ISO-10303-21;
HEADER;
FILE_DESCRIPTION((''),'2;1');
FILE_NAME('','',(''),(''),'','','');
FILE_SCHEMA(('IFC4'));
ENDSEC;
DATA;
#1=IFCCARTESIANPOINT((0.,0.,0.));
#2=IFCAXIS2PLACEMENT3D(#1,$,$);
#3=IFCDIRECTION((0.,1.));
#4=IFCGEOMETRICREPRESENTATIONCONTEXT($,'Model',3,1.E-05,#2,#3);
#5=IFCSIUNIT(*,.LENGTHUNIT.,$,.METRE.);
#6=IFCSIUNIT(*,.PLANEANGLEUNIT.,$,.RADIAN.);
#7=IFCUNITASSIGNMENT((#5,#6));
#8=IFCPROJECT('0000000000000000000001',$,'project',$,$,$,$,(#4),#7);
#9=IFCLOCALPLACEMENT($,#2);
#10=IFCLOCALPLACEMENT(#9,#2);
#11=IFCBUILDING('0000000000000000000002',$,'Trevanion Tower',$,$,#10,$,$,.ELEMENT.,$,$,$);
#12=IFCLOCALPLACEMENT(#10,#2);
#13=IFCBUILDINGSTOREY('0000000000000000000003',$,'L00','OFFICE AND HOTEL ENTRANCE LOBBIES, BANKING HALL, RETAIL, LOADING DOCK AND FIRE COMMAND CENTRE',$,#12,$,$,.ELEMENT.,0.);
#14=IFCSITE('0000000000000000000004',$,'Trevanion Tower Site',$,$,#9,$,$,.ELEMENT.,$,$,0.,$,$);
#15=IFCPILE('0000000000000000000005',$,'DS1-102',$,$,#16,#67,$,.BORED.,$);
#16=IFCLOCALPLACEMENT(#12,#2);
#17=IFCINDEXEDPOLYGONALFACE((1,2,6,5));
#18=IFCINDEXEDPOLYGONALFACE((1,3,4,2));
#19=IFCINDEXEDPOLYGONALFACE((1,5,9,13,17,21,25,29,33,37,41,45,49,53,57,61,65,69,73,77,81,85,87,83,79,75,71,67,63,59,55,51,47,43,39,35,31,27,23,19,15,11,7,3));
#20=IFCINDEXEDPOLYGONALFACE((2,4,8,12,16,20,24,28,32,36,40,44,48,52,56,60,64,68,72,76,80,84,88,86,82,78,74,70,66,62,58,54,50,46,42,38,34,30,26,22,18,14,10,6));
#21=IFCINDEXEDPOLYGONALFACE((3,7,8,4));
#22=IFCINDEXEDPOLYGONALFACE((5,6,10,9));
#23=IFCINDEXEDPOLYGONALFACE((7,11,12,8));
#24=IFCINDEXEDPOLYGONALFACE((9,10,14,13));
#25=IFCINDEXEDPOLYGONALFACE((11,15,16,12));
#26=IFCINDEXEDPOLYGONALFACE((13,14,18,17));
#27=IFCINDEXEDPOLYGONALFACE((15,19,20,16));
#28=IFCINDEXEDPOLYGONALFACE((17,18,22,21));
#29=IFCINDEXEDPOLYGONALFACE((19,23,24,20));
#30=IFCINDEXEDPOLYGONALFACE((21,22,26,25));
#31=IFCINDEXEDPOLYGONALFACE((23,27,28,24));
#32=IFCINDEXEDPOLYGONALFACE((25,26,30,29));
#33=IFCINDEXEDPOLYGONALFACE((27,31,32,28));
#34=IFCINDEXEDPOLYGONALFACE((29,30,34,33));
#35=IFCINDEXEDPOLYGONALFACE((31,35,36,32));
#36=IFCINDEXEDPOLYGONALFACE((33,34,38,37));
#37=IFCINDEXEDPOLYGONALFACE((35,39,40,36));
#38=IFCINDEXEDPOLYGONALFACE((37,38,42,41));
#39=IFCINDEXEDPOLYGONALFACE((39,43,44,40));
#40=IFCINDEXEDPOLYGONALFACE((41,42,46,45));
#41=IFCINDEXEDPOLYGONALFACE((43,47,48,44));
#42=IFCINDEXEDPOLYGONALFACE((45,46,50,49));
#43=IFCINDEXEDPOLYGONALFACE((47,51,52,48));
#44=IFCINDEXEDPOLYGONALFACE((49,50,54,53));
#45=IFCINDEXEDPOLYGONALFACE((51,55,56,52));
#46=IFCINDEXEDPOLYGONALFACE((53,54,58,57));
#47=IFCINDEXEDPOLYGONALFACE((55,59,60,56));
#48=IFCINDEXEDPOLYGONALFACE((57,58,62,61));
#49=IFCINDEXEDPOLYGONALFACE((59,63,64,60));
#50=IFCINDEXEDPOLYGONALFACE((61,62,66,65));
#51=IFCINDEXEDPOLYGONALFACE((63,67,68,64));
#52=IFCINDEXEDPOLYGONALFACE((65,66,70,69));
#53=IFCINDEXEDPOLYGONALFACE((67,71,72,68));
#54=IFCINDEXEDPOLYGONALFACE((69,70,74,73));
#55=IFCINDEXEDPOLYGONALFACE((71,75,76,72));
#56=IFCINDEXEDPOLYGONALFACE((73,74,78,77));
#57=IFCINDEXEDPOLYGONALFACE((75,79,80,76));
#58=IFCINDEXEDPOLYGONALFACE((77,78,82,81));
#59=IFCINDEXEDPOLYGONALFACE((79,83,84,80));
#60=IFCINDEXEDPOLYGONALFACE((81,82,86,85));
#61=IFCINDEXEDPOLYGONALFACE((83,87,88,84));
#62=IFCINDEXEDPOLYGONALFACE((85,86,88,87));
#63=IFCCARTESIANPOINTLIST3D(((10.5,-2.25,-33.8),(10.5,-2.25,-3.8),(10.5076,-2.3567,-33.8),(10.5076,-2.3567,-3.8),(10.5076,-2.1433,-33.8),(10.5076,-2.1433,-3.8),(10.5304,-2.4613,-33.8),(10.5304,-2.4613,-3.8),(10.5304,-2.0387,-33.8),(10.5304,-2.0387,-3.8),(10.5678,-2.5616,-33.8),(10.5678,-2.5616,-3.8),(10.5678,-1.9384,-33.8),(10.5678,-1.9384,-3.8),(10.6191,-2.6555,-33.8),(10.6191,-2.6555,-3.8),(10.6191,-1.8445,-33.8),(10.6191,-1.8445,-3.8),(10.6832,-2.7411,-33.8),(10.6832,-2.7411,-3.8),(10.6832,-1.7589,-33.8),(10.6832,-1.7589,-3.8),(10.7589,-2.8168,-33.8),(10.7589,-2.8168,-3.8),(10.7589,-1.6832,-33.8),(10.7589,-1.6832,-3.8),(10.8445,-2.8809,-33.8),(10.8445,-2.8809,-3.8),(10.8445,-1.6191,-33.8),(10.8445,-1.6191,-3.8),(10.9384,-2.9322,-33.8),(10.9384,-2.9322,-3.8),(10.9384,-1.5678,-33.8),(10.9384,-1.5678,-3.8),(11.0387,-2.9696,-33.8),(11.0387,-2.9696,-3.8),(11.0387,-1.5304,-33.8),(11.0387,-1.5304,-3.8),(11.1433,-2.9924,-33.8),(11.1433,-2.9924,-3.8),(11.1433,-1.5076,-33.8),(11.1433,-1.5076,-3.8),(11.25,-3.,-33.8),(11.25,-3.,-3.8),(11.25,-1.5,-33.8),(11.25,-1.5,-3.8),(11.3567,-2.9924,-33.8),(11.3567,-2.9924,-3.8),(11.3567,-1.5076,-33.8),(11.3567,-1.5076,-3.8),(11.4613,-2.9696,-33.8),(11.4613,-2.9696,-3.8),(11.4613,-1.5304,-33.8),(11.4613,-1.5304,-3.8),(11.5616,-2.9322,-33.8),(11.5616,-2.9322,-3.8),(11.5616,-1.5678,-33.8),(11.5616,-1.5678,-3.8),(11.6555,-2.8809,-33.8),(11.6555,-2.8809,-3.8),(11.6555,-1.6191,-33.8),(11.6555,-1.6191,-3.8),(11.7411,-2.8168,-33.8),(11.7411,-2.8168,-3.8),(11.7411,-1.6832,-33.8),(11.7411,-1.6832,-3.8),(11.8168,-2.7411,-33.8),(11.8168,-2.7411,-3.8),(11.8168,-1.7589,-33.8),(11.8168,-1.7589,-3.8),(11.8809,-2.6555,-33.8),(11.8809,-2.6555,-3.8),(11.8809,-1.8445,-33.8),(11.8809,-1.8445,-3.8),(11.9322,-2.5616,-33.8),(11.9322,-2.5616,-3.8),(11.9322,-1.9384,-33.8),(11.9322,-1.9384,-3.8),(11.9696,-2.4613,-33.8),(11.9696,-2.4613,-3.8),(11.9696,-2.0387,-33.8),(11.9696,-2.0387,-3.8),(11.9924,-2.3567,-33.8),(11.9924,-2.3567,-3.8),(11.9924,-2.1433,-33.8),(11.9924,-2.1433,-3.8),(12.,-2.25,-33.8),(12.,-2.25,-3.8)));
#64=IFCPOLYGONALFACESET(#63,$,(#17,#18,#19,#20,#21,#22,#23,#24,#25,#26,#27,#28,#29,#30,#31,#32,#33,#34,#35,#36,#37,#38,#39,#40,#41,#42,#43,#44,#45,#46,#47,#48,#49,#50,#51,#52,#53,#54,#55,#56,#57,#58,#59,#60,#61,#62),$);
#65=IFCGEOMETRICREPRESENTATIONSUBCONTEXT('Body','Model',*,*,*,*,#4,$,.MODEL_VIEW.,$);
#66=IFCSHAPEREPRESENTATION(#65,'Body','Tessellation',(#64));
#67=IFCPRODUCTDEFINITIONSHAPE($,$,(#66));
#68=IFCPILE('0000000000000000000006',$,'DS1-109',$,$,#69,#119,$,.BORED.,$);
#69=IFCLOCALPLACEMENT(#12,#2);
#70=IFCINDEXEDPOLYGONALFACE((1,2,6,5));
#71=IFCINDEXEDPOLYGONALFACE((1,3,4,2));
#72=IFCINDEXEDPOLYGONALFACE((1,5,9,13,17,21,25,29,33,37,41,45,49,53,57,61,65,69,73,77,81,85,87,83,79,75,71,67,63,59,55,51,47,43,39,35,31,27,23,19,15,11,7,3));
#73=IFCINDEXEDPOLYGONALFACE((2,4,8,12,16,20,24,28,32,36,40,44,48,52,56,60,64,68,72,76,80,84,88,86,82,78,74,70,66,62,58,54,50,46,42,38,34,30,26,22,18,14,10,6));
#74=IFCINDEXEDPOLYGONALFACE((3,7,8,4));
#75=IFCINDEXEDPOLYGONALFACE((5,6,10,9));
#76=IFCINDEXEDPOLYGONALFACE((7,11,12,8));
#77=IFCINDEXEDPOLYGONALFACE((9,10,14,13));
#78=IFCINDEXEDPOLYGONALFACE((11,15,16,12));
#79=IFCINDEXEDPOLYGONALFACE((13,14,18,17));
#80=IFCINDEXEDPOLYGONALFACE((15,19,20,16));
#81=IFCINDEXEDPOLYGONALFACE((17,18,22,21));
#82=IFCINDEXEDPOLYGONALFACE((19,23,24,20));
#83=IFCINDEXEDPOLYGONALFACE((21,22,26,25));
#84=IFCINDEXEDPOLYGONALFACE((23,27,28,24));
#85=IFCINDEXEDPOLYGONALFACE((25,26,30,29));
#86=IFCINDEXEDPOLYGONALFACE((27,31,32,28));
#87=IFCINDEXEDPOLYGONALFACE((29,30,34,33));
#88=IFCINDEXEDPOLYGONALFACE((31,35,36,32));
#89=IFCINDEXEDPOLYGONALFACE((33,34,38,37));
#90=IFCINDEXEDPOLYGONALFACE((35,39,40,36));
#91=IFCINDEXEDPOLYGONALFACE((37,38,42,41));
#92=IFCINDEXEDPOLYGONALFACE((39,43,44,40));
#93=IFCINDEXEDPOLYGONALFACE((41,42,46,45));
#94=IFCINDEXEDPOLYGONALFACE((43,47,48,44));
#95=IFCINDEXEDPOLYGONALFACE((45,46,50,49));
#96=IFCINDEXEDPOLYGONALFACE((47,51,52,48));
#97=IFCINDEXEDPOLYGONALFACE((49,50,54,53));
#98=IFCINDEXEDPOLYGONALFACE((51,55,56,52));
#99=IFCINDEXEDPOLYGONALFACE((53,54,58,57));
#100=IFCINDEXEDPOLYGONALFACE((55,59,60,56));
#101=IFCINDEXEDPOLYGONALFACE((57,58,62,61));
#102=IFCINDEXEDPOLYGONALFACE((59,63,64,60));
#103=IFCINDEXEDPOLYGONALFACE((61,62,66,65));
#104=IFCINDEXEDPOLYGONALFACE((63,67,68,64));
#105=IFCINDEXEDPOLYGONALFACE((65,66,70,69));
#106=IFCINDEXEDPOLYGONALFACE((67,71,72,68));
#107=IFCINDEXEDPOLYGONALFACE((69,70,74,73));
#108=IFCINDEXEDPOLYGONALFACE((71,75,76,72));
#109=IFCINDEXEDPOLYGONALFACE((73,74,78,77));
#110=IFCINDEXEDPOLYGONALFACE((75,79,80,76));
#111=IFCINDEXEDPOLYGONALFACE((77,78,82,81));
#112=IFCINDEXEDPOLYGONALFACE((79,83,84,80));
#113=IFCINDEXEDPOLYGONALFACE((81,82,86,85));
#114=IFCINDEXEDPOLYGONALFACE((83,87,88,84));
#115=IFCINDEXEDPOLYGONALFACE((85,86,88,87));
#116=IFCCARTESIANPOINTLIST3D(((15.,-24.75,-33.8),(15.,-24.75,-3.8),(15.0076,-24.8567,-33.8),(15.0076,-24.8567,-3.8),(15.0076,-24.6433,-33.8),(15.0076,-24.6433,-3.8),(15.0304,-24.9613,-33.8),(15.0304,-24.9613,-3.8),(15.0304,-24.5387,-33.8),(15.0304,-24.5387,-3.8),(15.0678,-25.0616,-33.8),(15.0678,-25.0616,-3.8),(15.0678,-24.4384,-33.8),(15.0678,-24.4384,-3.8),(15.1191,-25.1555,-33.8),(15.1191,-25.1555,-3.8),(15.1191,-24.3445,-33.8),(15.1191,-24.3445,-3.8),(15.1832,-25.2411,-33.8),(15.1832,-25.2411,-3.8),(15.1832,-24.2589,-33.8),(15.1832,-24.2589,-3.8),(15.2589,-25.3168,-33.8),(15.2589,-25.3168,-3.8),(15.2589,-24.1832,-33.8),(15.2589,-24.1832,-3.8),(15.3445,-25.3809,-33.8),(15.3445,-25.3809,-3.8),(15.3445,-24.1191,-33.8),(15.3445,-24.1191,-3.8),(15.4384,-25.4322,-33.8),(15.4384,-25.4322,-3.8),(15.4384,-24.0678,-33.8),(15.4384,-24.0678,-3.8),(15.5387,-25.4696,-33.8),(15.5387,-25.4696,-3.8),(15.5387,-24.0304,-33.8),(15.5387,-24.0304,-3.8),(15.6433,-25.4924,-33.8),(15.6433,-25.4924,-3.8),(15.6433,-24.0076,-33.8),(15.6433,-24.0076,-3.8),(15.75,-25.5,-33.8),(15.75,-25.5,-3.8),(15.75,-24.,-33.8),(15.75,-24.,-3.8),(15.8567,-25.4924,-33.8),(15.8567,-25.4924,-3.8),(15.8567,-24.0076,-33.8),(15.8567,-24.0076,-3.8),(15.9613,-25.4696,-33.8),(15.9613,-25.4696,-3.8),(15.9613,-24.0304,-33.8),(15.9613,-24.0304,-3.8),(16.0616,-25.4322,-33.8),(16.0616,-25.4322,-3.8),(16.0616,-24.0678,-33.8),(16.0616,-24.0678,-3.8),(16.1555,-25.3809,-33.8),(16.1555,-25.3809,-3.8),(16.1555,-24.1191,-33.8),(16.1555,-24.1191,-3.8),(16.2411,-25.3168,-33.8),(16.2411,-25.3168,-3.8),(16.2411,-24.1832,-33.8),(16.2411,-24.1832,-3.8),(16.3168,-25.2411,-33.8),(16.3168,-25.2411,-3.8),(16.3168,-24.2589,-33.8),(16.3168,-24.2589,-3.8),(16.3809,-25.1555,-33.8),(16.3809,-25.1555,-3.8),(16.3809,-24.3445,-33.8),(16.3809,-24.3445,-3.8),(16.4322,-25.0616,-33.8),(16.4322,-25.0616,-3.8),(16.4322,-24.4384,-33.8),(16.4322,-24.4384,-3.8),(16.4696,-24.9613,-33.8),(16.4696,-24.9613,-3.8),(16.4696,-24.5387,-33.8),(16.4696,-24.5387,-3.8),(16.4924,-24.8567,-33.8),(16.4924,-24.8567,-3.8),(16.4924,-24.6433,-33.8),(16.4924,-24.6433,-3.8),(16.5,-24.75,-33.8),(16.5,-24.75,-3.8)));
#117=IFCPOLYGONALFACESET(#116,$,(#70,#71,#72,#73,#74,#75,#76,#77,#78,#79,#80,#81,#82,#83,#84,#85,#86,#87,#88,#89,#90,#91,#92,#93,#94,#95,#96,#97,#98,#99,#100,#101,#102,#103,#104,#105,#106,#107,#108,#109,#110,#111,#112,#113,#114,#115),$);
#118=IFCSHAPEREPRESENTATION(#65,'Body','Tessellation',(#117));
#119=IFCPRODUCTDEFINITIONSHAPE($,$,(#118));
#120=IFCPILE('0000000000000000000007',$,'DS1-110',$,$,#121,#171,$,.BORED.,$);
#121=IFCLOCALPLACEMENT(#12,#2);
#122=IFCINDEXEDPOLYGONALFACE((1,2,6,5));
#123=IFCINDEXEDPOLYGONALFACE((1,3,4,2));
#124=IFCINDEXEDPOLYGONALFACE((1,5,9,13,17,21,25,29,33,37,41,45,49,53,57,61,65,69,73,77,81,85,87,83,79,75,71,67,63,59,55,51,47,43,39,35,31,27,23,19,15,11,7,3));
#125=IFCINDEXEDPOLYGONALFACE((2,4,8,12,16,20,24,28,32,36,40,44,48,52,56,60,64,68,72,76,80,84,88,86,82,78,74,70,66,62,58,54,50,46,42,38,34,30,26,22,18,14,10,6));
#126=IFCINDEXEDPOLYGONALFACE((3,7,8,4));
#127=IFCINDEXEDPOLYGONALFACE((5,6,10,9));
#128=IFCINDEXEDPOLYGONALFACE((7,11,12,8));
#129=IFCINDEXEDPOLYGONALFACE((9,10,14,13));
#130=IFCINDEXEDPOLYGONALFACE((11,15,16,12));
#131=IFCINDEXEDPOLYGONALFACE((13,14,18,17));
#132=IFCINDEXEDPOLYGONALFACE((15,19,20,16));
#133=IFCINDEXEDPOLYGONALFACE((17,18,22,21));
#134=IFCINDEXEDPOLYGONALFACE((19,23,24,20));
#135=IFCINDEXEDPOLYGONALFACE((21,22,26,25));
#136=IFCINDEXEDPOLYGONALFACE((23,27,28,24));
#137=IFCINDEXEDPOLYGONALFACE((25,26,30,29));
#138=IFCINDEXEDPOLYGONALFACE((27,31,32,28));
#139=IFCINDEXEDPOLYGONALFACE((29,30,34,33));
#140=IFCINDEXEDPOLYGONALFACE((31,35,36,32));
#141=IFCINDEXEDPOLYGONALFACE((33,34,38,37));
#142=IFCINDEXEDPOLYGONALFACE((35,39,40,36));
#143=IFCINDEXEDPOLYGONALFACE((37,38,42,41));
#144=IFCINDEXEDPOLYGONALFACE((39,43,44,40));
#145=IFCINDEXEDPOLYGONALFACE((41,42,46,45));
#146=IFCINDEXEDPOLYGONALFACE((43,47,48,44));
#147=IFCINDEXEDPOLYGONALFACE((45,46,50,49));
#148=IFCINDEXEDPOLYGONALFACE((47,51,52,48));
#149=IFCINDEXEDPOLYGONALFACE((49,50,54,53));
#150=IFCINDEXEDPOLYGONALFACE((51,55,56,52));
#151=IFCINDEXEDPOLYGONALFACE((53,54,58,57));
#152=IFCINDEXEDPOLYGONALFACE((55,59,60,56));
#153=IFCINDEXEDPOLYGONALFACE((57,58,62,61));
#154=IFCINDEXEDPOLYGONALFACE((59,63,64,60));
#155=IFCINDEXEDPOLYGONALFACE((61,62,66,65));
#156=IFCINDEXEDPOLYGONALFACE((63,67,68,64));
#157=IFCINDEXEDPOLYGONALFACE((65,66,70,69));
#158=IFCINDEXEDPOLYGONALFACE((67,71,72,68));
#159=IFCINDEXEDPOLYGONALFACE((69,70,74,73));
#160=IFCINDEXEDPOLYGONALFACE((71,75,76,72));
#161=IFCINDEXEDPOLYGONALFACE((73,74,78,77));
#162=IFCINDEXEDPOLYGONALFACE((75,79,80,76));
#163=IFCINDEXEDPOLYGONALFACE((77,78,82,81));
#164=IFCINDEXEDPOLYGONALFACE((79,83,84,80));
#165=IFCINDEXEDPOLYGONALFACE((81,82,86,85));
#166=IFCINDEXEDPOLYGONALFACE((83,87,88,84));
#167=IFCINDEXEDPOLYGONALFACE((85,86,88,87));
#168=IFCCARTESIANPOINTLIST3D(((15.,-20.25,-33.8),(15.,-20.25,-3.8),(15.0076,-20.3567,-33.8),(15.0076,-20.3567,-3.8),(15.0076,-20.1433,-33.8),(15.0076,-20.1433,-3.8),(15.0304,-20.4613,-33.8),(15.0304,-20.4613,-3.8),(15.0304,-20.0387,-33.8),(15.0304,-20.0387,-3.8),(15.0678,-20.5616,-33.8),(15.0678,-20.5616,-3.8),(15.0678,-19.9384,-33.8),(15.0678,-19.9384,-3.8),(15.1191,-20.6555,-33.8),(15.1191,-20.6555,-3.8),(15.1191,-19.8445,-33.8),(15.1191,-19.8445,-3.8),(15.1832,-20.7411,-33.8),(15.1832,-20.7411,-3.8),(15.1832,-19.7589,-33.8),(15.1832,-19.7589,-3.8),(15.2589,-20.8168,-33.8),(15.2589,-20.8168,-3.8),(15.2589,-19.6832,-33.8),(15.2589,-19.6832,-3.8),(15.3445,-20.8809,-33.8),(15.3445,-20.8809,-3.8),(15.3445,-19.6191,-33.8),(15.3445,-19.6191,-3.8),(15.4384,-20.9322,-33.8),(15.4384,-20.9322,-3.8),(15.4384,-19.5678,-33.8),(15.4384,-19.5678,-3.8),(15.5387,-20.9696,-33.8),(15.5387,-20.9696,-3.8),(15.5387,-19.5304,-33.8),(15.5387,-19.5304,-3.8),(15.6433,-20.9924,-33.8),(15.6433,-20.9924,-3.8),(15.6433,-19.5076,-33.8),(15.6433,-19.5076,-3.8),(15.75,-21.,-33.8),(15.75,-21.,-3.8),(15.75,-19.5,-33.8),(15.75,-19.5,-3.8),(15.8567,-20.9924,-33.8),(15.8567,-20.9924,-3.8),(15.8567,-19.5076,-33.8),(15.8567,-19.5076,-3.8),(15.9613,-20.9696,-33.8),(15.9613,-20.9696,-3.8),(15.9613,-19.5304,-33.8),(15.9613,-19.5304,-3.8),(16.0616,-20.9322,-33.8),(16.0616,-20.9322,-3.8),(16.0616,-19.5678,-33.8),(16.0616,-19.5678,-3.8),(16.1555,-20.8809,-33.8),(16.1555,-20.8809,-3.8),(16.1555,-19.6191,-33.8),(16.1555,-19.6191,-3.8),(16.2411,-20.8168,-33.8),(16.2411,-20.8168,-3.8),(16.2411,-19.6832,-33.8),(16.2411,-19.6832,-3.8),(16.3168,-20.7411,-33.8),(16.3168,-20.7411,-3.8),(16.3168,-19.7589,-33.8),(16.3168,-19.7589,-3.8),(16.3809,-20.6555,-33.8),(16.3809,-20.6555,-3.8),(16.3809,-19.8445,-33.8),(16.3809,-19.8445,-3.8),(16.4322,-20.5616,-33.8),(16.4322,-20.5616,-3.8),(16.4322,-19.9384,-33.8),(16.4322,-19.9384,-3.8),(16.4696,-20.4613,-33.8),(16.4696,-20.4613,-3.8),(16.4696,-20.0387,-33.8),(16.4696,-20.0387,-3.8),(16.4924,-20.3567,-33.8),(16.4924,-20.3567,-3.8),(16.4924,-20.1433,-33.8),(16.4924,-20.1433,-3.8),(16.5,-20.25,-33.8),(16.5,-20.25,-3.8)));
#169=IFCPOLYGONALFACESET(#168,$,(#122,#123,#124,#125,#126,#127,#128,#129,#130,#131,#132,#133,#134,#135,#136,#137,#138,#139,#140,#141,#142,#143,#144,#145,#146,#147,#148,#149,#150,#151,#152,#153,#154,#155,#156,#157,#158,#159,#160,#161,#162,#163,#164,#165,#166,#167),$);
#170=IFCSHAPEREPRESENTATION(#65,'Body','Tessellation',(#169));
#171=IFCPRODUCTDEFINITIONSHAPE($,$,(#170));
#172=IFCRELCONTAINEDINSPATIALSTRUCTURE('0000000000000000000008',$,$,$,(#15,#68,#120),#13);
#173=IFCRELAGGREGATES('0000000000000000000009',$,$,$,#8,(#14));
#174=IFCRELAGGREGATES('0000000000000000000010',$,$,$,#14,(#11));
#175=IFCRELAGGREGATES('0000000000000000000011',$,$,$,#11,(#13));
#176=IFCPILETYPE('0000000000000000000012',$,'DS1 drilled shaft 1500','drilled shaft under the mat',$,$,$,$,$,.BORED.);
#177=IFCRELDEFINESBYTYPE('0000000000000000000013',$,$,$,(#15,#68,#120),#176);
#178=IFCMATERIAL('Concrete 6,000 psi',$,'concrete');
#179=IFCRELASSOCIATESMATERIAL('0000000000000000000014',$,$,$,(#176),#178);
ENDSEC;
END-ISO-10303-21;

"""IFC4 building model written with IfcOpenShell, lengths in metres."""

from ifc_helpers import new_model, si_unit, direction, frame, origin, origin_2d, place, context, subcontext, project, spatial, circle, extrude, material, material_profile, profile_set, type_object, element, save


model = new_model("IFC4")

# Units and contexts
model_context = context("Model", 3, precision=1e-05, world=origin(), true_north=direction((0.0, 1.0)))
body_context = subcontext(model_context, "Body", "Model", "MODEL_VIEW")
ifc_project = project(units=[si_unit("LENGTHUNIT", "METRE"), si_unit("PLANEANGLEUNIT", "RADIAN")], contexts=[model_context])

# Site, building, storey
site_placement = place(None, origin())
site = spatial("IfcSite", under=ifc_project, at=site_placement, Name="Trevanion Tower Site", CompositionType="ELEMENT", RefElevation=0.0)
building_placement = place(site_placement, origin())
building = spatial("IfcBuilding", under=site, at=building_placement, Name="Trevanion Tower", CompositionType="ELEMENT")
storey_placement = place(building_placement, origin())
storey = spatial("IfcBuildingStorey", under=building, at=storey_placement, Name="L00", Description="OFFICE AND HOTEL ENTRANCE LOBBIES, BANKING HALL, RETAIL, LOADING DOCK AND FIRE COMMAND CENTRE", CompositionType="ELEMENT", Elevation=0.0)

# Piles
ifc_material_1 = material(Name="Concrete 6,000 psi", Category="concrete")
ifc_material_profile_1 = material_profile(ifc_material_1, circle(Radius=0.75, at=origin_2d()), Name="DS1 drilled shaft 1500")
ifc_profile_set_1 = profile_set([ifc_material_profile_1], Name="Concrete 6,000 psi")
pile_type_1 = type_object("IfcPileType", Name="DS1 drilled shaft 1500", Description="drilled shaft under the mat", PredefinedType="BORED", material=ifc_profile_set_1)
for number, where, z_axis, x_axis, name in (
    (1, (11.25, -2.25, -3.8), (0.0, 0.0, -1.0), (1.0, 0.0, 0.0), "DS1-102"),
    (2, (15.75, -24.75, -3.8), (0.0, 0.0, -1.0), (1.0, 0.0, 0.0), "DS1-109"),
    (3, (15.75, -20.25, -3.8), (0.0, 0.0, -1.0), (1.0, 0.0, 0.0), "DS1-110"),
):
    element("IfcPile", number, at=place(storey_placement, frame(where, z_axis=z_axis, x_axis=x_axis)), inside=storey, type_object=pile_type_1, Name=name, PredefinedType="BORED", context=body_context, shape_type="SweptSolid", body=[
        extrude(circle(Radius=0.75, at=origin_2d()), origin(), (0.0, 0.0, 1.0), 30.0),
    ])

save(model, "model.ifc")
